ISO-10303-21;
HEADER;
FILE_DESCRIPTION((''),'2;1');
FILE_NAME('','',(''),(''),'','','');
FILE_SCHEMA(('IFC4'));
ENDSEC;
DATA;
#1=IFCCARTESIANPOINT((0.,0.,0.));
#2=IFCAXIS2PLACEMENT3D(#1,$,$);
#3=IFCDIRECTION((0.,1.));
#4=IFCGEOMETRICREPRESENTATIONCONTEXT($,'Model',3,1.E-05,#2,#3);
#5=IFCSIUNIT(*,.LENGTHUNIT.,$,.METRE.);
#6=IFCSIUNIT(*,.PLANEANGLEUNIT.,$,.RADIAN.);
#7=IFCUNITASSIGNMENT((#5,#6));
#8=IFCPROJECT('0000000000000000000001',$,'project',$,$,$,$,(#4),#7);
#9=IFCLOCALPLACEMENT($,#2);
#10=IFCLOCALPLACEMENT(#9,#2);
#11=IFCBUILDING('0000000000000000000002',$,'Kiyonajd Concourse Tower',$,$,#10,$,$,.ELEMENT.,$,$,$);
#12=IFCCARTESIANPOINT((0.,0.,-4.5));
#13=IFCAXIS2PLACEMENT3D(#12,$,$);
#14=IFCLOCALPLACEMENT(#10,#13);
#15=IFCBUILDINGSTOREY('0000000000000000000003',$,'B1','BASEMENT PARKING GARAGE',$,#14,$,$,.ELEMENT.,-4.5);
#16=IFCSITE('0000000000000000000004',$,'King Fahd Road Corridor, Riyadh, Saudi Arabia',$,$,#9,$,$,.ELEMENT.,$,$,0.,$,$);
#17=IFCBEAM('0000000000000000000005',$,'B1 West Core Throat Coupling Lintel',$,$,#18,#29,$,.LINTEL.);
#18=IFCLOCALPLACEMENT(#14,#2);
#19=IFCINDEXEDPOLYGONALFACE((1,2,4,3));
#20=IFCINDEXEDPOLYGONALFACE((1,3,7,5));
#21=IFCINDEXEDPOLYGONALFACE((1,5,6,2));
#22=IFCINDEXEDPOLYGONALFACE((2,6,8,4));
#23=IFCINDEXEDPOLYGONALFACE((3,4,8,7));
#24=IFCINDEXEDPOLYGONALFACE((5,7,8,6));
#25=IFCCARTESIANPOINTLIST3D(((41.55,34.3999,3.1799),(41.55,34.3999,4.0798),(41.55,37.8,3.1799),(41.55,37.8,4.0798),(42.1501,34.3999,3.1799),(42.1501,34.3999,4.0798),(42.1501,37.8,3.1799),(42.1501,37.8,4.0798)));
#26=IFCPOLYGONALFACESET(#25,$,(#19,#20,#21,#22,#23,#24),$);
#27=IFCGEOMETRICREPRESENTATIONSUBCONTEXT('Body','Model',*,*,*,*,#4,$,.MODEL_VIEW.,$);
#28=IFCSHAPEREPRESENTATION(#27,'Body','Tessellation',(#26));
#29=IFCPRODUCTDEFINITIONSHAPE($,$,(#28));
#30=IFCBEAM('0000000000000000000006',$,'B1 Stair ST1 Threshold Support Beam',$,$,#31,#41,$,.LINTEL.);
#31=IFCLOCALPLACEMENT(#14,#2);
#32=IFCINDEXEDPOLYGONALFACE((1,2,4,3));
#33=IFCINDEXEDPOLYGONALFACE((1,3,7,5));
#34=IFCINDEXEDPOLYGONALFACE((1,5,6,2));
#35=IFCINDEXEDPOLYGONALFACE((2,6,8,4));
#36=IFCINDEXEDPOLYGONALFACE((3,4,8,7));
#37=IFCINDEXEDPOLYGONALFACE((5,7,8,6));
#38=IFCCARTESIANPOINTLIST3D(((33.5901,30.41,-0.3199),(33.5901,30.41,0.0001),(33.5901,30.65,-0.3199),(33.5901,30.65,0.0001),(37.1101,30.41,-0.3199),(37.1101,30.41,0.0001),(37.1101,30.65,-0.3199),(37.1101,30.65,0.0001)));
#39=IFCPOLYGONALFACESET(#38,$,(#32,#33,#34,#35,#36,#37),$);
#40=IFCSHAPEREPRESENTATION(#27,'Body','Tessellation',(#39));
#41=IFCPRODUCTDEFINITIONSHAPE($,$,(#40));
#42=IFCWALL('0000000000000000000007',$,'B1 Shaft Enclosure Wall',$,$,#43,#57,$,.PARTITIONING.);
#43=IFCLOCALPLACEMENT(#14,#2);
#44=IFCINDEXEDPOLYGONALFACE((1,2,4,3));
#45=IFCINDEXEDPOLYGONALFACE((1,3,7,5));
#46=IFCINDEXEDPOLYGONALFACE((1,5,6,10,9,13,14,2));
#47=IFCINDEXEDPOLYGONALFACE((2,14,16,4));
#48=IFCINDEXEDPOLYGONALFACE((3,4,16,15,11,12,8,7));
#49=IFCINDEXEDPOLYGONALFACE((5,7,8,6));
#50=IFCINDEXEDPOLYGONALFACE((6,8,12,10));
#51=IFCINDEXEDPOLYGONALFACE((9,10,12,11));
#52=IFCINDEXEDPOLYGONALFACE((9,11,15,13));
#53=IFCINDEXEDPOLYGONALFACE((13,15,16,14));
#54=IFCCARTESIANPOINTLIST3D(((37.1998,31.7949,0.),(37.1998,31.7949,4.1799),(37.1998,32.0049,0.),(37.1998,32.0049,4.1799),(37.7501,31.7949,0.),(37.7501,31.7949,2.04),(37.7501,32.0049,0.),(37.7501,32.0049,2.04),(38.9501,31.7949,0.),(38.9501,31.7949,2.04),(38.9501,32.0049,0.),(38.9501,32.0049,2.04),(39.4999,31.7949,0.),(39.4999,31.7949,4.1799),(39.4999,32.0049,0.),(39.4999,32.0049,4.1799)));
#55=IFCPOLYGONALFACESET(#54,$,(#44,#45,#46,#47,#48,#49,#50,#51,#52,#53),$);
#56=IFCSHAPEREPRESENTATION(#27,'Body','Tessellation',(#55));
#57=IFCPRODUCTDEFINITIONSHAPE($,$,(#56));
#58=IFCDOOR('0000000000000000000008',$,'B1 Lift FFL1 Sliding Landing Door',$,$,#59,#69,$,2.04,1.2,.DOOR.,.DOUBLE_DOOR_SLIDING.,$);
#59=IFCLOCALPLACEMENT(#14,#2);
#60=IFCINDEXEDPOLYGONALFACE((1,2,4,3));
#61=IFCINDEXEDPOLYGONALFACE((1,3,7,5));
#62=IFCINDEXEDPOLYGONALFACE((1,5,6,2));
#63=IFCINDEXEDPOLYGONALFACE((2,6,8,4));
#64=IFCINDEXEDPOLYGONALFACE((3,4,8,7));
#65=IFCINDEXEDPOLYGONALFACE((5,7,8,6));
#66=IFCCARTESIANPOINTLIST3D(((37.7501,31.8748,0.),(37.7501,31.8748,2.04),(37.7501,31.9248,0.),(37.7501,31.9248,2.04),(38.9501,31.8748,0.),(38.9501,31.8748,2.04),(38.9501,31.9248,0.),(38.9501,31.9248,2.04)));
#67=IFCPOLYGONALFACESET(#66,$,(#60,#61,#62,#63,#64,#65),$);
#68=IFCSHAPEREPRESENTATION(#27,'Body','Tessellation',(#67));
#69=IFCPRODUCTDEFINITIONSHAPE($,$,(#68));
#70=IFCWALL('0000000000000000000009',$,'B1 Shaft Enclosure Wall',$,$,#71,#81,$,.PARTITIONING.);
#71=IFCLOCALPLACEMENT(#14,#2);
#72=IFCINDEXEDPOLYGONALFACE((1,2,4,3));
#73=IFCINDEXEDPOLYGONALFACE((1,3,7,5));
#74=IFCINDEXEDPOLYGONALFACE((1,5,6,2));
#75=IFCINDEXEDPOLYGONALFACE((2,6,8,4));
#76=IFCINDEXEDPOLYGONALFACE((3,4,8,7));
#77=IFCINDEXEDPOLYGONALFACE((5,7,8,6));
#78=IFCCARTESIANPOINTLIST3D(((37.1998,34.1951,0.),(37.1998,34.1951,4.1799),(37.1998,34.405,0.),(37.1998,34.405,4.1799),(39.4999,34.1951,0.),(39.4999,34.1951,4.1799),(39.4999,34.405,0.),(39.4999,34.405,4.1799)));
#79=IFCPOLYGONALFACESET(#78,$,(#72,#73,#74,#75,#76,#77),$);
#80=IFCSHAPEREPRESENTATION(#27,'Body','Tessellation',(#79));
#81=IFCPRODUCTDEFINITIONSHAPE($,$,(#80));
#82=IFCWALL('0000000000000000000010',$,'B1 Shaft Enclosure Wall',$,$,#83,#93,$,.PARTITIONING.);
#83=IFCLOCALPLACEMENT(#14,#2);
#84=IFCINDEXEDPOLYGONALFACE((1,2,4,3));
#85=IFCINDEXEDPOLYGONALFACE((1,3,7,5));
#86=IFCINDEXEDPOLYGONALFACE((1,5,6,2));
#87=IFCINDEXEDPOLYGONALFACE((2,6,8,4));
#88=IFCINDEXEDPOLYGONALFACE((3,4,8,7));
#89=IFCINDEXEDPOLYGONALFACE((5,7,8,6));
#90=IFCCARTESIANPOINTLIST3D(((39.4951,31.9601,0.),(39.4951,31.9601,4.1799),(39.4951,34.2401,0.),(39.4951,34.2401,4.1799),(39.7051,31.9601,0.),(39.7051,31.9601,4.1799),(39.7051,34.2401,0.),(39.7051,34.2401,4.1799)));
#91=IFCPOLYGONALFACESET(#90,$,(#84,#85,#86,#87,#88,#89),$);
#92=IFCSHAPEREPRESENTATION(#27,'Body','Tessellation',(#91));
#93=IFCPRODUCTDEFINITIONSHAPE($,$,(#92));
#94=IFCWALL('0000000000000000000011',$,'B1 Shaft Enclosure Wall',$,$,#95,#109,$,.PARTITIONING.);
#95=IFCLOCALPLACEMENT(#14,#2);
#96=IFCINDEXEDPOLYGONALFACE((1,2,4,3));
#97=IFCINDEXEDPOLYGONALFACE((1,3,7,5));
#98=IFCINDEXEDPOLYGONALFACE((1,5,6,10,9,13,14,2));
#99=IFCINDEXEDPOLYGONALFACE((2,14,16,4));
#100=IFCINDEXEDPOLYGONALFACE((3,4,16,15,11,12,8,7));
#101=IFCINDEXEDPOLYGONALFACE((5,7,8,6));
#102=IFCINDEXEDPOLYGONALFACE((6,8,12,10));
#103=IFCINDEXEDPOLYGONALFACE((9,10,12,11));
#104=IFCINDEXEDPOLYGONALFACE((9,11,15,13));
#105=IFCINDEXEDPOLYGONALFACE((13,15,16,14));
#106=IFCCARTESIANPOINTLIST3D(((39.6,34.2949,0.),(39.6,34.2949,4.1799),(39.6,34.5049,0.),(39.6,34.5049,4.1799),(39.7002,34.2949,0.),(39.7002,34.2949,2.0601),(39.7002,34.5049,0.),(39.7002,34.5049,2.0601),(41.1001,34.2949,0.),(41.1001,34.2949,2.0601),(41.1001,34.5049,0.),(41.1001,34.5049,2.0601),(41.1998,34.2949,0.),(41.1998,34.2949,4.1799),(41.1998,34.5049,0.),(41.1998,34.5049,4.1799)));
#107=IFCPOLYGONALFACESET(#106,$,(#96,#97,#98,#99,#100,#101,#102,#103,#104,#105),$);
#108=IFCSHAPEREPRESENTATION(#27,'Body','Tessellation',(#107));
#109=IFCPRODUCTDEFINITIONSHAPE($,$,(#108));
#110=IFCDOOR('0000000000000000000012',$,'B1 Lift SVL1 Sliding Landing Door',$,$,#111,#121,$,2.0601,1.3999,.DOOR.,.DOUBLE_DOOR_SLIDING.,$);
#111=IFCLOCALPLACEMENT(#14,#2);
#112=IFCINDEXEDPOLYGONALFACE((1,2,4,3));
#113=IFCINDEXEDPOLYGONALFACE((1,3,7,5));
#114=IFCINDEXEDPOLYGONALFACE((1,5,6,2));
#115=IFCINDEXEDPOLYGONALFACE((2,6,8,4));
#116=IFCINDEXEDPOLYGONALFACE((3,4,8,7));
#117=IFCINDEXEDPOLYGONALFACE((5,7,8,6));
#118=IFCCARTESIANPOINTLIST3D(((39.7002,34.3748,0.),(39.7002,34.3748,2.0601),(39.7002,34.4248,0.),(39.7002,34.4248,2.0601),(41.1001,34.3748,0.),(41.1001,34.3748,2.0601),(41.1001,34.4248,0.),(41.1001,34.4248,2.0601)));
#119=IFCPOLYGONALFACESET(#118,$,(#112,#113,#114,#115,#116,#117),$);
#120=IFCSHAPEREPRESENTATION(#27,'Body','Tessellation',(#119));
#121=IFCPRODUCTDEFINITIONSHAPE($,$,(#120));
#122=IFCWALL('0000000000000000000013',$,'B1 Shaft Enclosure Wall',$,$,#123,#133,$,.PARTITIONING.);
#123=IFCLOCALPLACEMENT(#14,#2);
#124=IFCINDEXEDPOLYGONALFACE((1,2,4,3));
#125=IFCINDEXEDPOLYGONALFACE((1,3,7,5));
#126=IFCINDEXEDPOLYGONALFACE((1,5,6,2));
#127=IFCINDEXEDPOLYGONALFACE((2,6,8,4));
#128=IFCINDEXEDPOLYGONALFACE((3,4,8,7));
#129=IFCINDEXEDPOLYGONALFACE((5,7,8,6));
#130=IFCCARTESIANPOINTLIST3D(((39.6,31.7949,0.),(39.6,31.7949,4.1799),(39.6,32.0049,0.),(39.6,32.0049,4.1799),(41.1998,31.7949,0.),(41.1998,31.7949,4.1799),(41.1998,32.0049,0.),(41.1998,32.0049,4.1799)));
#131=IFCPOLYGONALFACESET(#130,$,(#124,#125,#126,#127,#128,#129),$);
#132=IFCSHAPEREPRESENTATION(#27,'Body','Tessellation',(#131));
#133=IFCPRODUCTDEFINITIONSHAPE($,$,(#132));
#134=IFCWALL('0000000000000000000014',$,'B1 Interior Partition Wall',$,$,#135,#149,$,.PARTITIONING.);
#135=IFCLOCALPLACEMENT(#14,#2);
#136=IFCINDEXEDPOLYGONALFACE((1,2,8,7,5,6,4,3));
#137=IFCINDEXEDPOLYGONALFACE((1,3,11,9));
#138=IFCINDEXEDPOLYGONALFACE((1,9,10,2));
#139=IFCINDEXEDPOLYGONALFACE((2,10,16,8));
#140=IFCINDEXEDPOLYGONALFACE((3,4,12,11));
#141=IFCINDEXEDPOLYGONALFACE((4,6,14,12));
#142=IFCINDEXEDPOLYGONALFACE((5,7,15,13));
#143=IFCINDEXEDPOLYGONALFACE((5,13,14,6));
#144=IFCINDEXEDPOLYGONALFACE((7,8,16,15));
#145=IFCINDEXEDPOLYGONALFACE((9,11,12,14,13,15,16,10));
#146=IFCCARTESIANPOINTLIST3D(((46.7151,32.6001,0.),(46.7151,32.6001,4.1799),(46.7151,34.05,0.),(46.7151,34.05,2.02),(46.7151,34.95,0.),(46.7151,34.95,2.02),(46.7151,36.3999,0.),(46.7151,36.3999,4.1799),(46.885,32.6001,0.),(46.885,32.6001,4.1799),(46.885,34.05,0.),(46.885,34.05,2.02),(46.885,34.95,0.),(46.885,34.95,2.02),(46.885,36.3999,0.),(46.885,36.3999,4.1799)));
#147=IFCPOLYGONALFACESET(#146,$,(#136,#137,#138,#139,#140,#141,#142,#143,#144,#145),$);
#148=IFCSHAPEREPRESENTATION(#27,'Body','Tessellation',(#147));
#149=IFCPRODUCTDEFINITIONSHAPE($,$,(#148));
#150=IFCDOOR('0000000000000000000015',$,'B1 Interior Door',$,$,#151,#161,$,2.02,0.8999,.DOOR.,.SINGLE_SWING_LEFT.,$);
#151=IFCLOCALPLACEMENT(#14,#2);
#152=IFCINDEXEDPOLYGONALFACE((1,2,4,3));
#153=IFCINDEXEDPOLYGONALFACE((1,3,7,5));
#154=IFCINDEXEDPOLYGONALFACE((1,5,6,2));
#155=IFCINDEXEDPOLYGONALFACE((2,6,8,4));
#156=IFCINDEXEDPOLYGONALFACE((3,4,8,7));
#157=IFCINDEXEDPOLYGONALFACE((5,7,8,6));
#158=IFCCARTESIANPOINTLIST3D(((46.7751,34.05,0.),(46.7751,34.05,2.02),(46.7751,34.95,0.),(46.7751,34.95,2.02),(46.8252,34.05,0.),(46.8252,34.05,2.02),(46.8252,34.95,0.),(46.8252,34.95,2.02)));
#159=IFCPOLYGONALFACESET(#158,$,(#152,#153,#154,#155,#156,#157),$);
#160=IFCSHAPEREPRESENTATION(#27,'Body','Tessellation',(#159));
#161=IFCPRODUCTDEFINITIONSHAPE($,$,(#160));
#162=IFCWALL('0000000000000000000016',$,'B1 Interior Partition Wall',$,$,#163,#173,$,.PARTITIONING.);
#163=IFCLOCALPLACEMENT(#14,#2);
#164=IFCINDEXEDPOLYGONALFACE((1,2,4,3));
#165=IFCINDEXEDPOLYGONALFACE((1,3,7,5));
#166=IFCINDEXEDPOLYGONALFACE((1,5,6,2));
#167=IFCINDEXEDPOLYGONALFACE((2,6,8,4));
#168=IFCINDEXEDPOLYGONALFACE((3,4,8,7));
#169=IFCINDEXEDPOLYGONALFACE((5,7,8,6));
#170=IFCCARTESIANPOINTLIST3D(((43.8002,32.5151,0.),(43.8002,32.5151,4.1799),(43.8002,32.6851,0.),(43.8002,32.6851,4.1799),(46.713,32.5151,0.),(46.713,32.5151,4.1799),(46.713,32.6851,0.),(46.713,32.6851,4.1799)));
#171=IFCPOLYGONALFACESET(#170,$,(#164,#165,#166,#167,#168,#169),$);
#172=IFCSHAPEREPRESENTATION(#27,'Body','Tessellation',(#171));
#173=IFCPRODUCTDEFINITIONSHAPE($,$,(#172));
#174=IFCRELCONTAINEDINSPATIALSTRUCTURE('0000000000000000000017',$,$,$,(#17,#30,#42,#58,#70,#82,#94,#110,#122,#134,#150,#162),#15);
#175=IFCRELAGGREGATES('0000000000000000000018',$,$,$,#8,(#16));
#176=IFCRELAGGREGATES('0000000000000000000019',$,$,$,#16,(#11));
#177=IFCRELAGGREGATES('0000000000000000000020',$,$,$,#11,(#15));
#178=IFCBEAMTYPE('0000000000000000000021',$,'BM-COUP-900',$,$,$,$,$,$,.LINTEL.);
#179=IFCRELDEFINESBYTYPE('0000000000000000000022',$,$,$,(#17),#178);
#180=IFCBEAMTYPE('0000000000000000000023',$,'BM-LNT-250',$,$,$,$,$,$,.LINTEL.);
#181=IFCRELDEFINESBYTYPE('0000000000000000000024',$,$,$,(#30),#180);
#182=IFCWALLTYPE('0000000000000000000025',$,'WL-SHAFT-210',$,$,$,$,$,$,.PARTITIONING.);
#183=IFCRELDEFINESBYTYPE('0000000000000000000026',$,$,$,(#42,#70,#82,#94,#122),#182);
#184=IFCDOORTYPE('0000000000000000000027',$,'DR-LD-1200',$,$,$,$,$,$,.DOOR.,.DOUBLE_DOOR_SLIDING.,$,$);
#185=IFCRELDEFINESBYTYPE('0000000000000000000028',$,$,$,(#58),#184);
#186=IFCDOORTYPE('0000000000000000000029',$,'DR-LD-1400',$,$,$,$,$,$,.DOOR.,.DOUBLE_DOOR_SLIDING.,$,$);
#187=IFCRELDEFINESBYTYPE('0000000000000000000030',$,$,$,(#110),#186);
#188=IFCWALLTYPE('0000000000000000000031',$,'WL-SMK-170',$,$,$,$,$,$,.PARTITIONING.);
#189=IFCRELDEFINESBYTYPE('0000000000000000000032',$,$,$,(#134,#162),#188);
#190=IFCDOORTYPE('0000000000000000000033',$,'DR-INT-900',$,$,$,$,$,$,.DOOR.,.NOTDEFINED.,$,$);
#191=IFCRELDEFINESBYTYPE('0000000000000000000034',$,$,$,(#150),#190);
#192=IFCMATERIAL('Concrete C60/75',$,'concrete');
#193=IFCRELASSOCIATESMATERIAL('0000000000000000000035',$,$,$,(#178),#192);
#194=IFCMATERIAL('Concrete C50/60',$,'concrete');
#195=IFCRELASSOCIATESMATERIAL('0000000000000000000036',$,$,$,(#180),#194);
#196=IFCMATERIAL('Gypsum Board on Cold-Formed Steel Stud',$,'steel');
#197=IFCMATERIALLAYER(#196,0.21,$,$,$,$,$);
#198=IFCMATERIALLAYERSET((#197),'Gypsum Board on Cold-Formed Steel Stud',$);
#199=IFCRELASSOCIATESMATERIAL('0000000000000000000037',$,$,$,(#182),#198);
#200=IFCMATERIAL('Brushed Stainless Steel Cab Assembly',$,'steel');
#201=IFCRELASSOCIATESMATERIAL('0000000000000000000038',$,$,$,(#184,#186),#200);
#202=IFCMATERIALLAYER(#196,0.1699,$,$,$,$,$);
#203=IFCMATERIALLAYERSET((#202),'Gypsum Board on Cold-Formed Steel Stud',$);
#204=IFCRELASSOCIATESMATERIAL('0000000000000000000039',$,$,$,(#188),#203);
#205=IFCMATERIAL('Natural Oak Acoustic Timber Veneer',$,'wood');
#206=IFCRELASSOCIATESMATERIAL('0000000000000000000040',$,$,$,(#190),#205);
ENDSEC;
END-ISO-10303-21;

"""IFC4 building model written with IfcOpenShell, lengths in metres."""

from ifc_helpers import new_model, si_unit, direction, frame, frame_2d, origin, origin_2d, place, context, subcontext, project, spatial, rectangle, extrude, material, layer, layer_set, material_profile, profile_set, type_object, element, fill, save


model = new_model("IFC4")

# Units and contexts
model_context = context("Model", 3, precision=1e-05, world=origin(), true_north=direction((0.0, 1.0)))
body_context = subcontext(model_context, "Body", "Model", "MODEL_VIEW")
ifc_project = project(units=[si_unit("LENGTHUNIT", "METRE"), si_unit("PLANEANGLEUNIT", "RADIAN")], contexts=[model_context])

# Site, building, storey
site_placement = place(None, origin())
site = spatial("IfcSite", under=ifc_project, at=site_placement, Name="King Fahd Road Corridor, Riyadh, Saudi Arabia", CompositionType="ELEMENT", RefElevation=0.0)
building_placement = place(site_placement, origin())
building = spatial("IfcBuilding", under=site, at=building_placement, Name="Kiyonajd Concourse Tower", CompositionType="ELEMENT")
storey_placement = place(building_placement, frame((0.0, 0.0, -4.5)))
storey = spatial("IfcBuildingStorey", under=building, at=storey_placement, Name="B1", Description="BASEMENT PARKING GARAGE", CompositionType="ELEMENT", Elevation=-4.5)

# Beams
ifc_material_1 = material(Name="Concrete C60/75", Category="concrete")
ifc_material_profile_1 = material_profile(ifc_material_1, rectangle(XDim=0.6001, YDim=0.8999, at=origin_2d()), Name="RCBM-600x900")
ifc_profile_set_1 = profile_set([ifc_material_profile_1], Name="Concrete C60/75")
beam_type_1 = type_object("IfcBeamType", Name="BM-COUP-900", PredefinedType="LINTEL", material=ifc_profile_set_1)
beam_1_placement = place(storey_placement, frame((41.8501, 34.3999, 3.6299), z_axis=(0.0, 1.0, 0.0), x_axis=(-1.0, 0.0, 0.0)))
element("IfcBeam", 1, at=beam_1_placement, inside=storey, type_object=beam_type_1, Name="B1 West Core Throat Coupling Lintel", PredefinedType="LINTEL", context=body_context, shape_type="SweptSolid", body=[
    extrude(rectangle(XDim=0.6001, YDim=0.8999, at=origin_2d()), origin(), (0.0, 0.0, 1.0), 3.4001),
])
ifc_material_2 = material(Name="Concrete C50/60", Category="concrete")
ifc_material_profile_2 = material_profile(ifc_material_2, rectangle(XDim=0.24, YDim=0.3201, at=origin_2d()), Name="RCBM-240x320")
ifc_profile_set_2 = profile_set([ifc_material_profile_2], Name="Concrete C50/60")
beam_type_2 = type_object("IfcBeamType", Name="BM-LNT-250", PredefinedType="LINTEL", material=ifc_profile_set_2)
beam_2_placement = place(storey_placement, frame((33.5901, 30.53, -0.1599), z_axis=(1.0, 0.0, 0.0), x_axis=(0.0, 1.0, 0.0)))
element("IfcBeam", 2, at=beam_2_placement, inside=storey, type_object=beam_type_2, Name="B1 Stair ST1 Threshold Support Beam", PredefinedType="LINTEL", context=body_context, shape_type="SweptSolid", body=[
    extrude(rectangle(XDim=0.24, YDim=0.3201, at=origin_2d()), origin(), (0.0, 0.0, 1.0), 3.52),
])

# Wall, opening, door
ifc_material_3 = material(Name="Gypsum Board on Cold-Formed Steel Stud", Category="steel")
ifc_layer_1 = layer(ifc_material_3, 0.21)
ifc_layer_set_1 = layer_set([ifc_layer_1], Name="Gypsum Board on Cold-Formed Steel Stud")
wall_type_1 = type_object("IfcWallType", Name="WL-SHAFT-210", PredefinedType="PARTITIONING", material=ifc_layer_set_1)
wall_1_placement = place(storey_placement, frame((37.2, 31.8999, 0.0), z_axis=(0.0, 0.0, 1.0), x_axis=(1.0, 0.0, 0.0)))
wall_1 = element("IfcWall", 3, at=wall_1_placement, inside=storey, type_object=wall_type_1, Name="B1 Shaft Enclosure Wall", PredefinedType="PARTITIONING", context=body_context, shape_type="SweptSolid", body=[
    extrude(rectangle(XDim=2.3, YDim=0.21, at=frame_2d((1.1499, 0.0))), origin(), (0.0, 0.0, 1.0), 4.1799),
])
opening_1_placement = place(wall_1_placement, frame((0.55, 0.0, 0.0)))
opening_1 = element("IfcOpeningElement", 4, at=opening_1_placement, cuts=wall_1, PredefinedType="OPENING", context=body_context, shape_type="SweptSolid", body=[
    extrude(rectangle(XDim=1.2, YDim=2.04, at=frame_2d((0.6001, 1.02))), frame((0.0, 0.115, 0.0), z_axis=(0.0, -1.0, 0.0), x_axis=(1.0, 0.0, 0.0)), (0.0, 0.0, 1.0), 0.23),
])
ifc_material_4 = material(Name="Brushed Stainless Steel Cab Assembly", Category="steel")
door_type_1 = type_object("IfcDoorType", Name="DR-LD-1200", OperationType="DOUBLE_DOOR_SLIDING", PredefinedType="DOOR", material=ifc_material_4)
door_1_placement = place(opening_1_placement, origin())
door_1 = element("IfcDoor", 5, at=door_1_placement, inside=storey, type_object=door_type_1, Name="B1 Lift FFL1 Sliding Landing Door", OperationType="DOUBLE_DOOR_SLIDING", OverallHeight=2.04, OverallWidth=1.2, PredefinedType="DOOR", context=body_context, shape_type="SweptSolid", body=[
    extrude(rectangle(XDim=1.2, YDim=2.04, at=frame_2d((0.6001, 1.02))), frame((0.0, 0.0249, 0.0), z_axis=(0.0, -1.0, 0.0), x_axis=(1.0, 0.0, 0.0)), (0.0, 0.0, 1.0), 0.05),
])
fill(opening_1, door_1)

# Walls
wall_2_placement = place(storey_placement, frame((37.2, 34.3, 0.0), z_axis=(0.0, 0.0, 1.0), x_axis=(1.0, 0.0, 0.0)))
element("IfcWall", 6, at=wall_2_placement, inside=storey, type_object=wall_type_1, Name="B1 Shaft Enclosure Wall", PredefinedType="PARTITIONING", context=body_context, shape_type="SweptSolid", body=[
    extrude(rectangle(XDim=2.3, YDim=0.21, at=frame_2d((1.1499, 0.0))), origin(), (0.0, 0.0, 1.0), 4.1799),
])
wall_3_placement = place(storey_placement, frame((39.6001, 31.96, 0.0), z_axis=(0.0, 0.0, 1.0), x_axis=(0.0, 1.0, 0.0)))
element("IfcWall", 7, at=wall_3_placement, inside=storey, type_object=wall_type_1, Name="B1 Shaft Enclosure Wall", PredefinedType="PARTITIONING", context=body_context, shape_type="SweptSolid", body=[
    extrude(rectangle(XDim=2.28, YDim=0.21, at=frame_2d((1.1401, 0.0))), origin(), (0.0, 0.0, 1.0), 4.1799),
])

# Wall, opening, door
wall_4_placement = place(storey_placement, frame((39.6001, 34.3999, 0.0), z_axis=(0.0, 0.0, 1.0), x_axis=(1.0, 0.0, 0.0)))
wall_4 = element("IfcWall", 8, at=wall_4_placement, inside=storey, type_object=wall_type_1, Name="B1 Shaft Enclosure Wall", PredefinedType="PARTITIONING", context=body_context, shape_type="SweptSolid", body=[
    extrude(rectangle(XDim=1.5999, YDim=0.21, at=frame_2d((0.7998, 0.0))), origin(), (0.0, 0.0, 1.0), 4.1799),
])
opening_2_placement = place(wall_4_placement, frame((0.1001, 0.0, 0.0)))
opening_2 = element("IfcOpeningElement", 9, at=opening_2_placement, cuts=wall_4, PredefinedType="OPENING", context=body_context, shape_type="SweptSolid", body=[
    extrude(rectangle(XDim=1.3999, YDim=2.0601, at=frame_2d((0.7, 1.03))), frame((0.0, 0.115, 0.0), z_axis=(0.0, -1.0, 0.0), x_axis=(1.0, 0.0, 0.0)), (0.0, 0.0, 1.0), 0.23),
])
door_type_2 = type_object("IfcDoorType", Name="DR-LD-1400", OperationType="DOUBLE_DOOR_SLIDING", PredefinedType="DOOR", material=ifc_material_4)
door_2_placement = place(opening_2_placement, origin())
door_2 = element("IfcDoor", 10, at=door_2_placement, inside=storey, type_object=door_type_2, Name="B1 Lift SVL1 Sliding Landing Door", OperationType="DOUBLE_DOOR_SLIDING", OverallHeight=2.0601, OverallWidth=1.3999, PredefinedType="DOOR", context=body_context, shape_type="SweptSolid", body=[
    extrude(rectangle(XDim=1.3999, YDim=2.0601, at=frame_2d((0.7, 1.03))), frame((0.0, 0.0249, 0.0), z_axis=(0.0, -1.0, 0.0), x_axis=(1.0, 0.0, 0.0)), (0.0, 0.0, 1.0), 0.05),
])
fill(opening_2, door_2)

# Wall
wall_5_placement = place(storey_placement, frame((39.6001, 31.8999, 0.0), z_axis=(0.0, 0.0, 1.0), x_axis=(1.0, 0.0, 0.0)))
element("IfcWall", 11, at=wall_5_placement, inside=storey, type_object=wall_type_1, Name="B1 Shaft Enclosure Wall", PredefinedType="PARTITIONING", context=body_context, shape_type="SweptSolid", body=[
    extrude(rectangle(XDim=1.5999, YDim=0.21, at=frame_2d((0.7998, 0.0))), origin(), (0.0, 0.0, 1.0), 4.1799),
])

# Wall, opening, door
ifc_layer_2 = layer(ifc_material_3, 0.1699)
ifc_layer_set_2 = layer_set([ifc_layer_2], Name="Gypsum Board on Cold-Formed Steel Stud")
wall_type_2 = type_object("IfcWallType", Name="WL-SMK-170", PredefinedType="PARTITIONING", material=ifc_layer_set_2)
wall_6_placement = place(storey_placement, frame((46.8, 32.6001, 0.0), z_axis=(0.0, 0.0, 1.0), x_axis=(0.0, 1.0, 0.0)))
wall_6 = element("IfcWall", 12, at=wall_6_placement, inside=storey, type_object=wall_type_2, Name="B1 Interior Partition Wall", PredefinedType="PARTITIONING", context=body_context, shape_type="SweptSolid", body=[
    extrude(rectangle(XDim=3.7998, YDim=0.1699, at=frame_2d((1.8999, 0.0))), origin(), (0.0, 0.0, 1.0), 4.1799),
])
opening_3_placement = place(wall_6_placement, frame((1.45, 0.0, 0.0)))
opening_3 = element("IfcOpeningElement", 13, at=opening_3_placement, cuts=wall_6, PredefinedType="OPENING", context=body_context, shape_type="SweptSolid", body=[
    extrude(rectangle(XDim=0.8999, YDim=2.02, at=frame_2d((0.45, 1.01))), frame((0.0, 0.095, 0.0), z_axis=(0.0, -1.0, 0.0), x_axis=(1.0, 0.0, 0.0)), (0.0, 0.0, 1.0), 0.1899),
])
ifc_material_5 = material(Name="Natural Oak Acoustic Timber Veneer", Category="wood")
door_type_3 = type_object("IfcDoorType", Name="DR-INT-900", OperationType="NOTDEFINED", PredefinedType="DOOR", material=ifc_material_5)
door_3_placement = place(opening_3_placement, origin())
door_3 = element("IfcDoor", 14, at=door_3_placement, inside=storey, type_object=door_type_3, Name="B1 Interior Door", OperationType="SINGLE_SWING_LEFT", OverallHeight=2.02, OverallWidth=0.8999, PredefinedType="DOOR", context=body_context, shape_type="SweptSolid", body=[
    extrude(rectangle(XDim=0.8999, YDim=2.02, at=frame_2d((0.45, 1.01))), frame((0.0, 0.0249, 0.0), z_axis=(0.0, -1.0, 0.0), x_axis=(1.0, 0.0, 0.0)), (0.0, 0.0, 1.0), 0.05),
])
fill(opening_3, door_3)

# Wall
for number, where, z_axis, x_axis, name in (
    (15, (43.8, 32.6001, 0.0), (0.0, 0.0, 1.0), (1.0, 0.0, 0.0), "B1 Interior Partition Wall"),
):
    element("IfcWall", number, at=place(storey_placement, frame(where, z_axis=z_axis, x_axis=x_axis)), inside=storey, type_object=wall_type_2, Name=name, PredefinedType="PARTITIONING", context=body_context, shape_type="SweptSolid", body=[
        extrude(rectangle(XDim=2.9128, YDim=0.1699, at=frame_2d((1.4565, 0.0))), origin(), (0.0, 0.0, 1.0), 4.1799),
    ])

save(model, "model.ifc")
